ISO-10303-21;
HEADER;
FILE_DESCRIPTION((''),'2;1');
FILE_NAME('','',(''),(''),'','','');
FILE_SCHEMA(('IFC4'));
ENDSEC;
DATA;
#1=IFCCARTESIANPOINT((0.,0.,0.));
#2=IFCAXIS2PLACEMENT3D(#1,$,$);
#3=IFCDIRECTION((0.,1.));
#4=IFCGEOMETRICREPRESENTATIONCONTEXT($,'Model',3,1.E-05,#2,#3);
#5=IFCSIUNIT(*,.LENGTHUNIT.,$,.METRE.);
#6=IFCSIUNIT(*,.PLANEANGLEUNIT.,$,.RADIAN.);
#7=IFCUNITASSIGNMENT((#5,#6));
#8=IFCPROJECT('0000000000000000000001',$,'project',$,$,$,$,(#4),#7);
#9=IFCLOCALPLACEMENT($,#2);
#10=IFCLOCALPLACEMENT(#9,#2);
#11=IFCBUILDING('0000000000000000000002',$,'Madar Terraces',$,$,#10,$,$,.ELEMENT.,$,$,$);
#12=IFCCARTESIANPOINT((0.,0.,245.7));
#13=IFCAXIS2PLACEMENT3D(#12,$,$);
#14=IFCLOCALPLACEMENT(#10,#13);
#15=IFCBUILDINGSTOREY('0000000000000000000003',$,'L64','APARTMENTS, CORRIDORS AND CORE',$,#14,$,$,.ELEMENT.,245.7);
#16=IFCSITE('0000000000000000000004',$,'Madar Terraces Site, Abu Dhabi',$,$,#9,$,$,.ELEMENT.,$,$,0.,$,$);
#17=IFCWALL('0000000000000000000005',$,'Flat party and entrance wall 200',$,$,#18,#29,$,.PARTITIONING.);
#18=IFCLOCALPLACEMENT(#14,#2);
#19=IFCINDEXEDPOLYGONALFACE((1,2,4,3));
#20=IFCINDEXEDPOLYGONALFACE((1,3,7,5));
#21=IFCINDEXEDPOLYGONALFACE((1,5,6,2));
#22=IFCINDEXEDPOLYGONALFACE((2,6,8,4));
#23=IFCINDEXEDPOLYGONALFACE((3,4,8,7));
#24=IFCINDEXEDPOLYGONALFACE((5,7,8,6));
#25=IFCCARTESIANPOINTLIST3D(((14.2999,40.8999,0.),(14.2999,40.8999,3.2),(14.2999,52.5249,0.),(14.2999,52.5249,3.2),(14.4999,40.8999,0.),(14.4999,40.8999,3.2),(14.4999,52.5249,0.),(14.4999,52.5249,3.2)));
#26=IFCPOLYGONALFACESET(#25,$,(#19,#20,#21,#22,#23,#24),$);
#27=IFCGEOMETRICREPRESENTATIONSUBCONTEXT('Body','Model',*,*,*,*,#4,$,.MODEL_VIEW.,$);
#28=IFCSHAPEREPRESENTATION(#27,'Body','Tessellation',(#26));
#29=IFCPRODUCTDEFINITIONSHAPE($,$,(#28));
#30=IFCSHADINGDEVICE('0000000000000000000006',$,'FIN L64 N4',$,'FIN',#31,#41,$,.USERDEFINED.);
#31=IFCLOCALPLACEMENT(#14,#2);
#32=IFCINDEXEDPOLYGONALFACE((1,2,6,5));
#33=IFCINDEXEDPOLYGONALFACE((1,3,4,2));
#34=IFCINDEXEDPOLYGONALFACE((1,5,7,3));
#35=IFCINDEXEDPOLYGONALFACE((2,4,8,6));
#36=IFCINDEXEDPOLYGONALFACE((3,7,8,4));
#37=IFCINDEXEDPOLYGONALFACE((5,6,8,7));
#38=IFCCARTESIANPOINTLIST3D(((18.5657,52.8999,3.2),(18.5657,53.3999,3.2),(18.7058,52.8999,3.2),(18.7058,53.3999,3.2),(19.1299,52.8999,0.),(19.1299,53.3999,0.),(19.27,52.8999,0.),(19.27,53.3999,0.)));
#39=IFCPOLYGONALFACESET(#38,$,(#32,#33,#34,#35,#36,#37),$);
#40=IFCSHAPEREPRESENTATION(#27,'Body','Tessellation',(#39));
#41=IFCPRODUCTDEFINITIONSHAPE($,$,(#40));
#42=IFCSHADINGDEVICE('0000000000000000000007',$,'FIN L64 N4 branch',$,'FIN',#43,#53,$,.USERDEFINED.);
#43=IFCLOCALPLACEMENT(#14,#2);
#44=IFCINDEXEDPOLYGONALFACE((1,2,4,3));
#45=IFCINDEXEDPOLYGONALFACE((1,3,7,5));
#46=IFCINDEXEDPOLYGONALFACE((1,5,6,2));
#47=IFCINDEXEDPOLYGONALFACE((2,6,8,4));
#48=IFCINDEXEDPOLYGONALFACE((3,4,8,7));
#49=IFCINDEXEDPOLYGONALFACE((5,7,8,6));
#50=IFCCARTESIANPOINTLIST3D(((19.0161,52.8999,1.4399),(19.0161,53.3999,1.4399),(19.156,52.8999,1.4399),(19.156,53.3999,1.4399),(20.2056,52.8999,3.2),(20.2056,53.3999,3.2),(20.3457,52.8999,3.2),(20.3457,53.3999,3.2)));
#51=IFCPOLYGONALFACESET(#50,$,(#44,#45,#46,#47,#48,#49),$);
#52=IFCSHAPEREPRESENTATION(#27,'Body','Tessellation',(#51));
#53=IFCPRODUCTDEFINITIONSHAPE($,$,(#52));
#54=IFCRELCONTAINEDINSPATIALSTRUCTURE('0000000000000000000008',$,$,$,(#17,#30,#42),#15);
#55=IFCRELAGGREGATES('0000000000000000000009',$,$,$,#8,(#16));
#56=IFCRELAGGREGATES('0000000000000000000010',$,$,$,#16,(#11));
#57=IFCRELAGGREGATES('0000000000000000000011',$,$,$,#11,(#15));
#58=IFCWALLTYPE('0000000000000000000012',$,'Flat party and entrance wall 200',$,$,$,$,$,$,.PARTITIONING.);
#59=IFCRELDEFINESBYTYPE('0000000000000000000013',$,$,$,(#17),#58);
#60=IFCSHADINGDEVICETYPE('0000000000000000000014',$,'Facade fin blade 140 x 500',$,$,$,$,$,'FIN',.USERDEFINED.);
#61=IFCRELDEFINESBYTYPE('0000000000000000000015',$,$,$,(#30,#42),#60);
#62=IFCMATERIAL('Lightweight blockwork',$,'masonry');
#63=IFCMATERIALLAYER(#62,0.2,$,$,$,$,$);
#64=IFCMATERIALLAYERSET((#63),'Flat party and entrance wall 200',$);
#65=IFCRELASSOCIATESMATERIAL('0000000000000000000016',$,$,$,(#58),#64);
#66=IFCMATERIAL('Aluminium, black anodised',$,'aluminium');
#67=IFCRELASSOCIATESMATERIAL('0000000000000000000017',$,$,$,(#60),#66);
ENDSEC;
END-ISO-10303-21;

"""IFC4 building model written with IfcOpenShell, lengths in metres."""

from ifc_helpers import new_model, si_unit, direction, frame, frame_2d, origin, place, context, subcontext, project, spatial, polyline, rectangle, outline, extrude, material, layer, layer_set, type_object, element, save


model = new_model("IFC4")

# Units and contexts
model_context = context("Model", 3, precision=1e-05, world=origin(), true_north=direction((0.0, 1.0)))
body_context = subcontext(model_context, "Body", "Model", "MODEL_VIEW")
ifc_project = project(units=[si_unit("LENGTHUNIT", "METRE"), si_unit("PLANEANGLEUNIT", "RADIAN")], contexts=[model_context])

# Site, building, storey
site_placement = place(None, origin())
site = spatial("IfcSite", under=ifc_project, at=site_placement, Name="Madar Terraces Site, Abu Dhabi", CompositionType="ELEMENT", RefElevation=0.0)
building_placement = place(site_placement, origin())
building = spatial("IfcBuilding", under=site, at=building_placement, Name="Madar Terraces", CompositionType="ELEMENT")
storey_placement = place(building_placement, frame((0.0, 0.0, 245.7)))
storey = spatial("IfcBuildingStorey", under=building, at=storey_placement, Name="L64", Description="APARTMENTS, CORRIDORS AND CORE", CompositionType="ELEMENT", Elevation=245.7)

# Wall
ifc_material_1 = material(Name="Lightweight blockwork", Category="masonry")
ifc_layer_1 = layer(ifc_material_1, 0.2)
ifc_layer_set_1 = layer_set([ifc_layer_1], Name="Flat party and entrance wall 200")
wall_type_1 = type_object("IfcWallType", Name="Flat party and entrance wall 200", PredefinedType="PARTITIONING", material=ifc_layer_set_1)
wall_1_placement = place(storey_placement, frame((14.3999, 52.5249, 0.0), z_axis=(0.0, 0.0, 1.0), x_axis=(0.0, -1.0, 0.0)))
element("IfcWall", 1, at=wall_1_placement, inside=storey, type_object=wall_type_1, Name="Flat party and entrance wall 200", PredefinedType="PARTITIONING", context=body_context, shape_type="SweptSolid", body=[
    extrude(rectangle(XDim=11.625, YDim=0.2, at=frame_2d((5.8125, 0.0))), origin(), (0.0, 0.0, 1.0), 3.2),
])

# Shading devices
ifc_material_2 = material(Name="Aluminium, black anodised", Category="aluminium")
shading_device_type = type_object("IfcShadingDeviceType", Name="Facade fin blade 140 x 500", ElementType="FIN", PredefinedType="USERDEFINED", material=ifc_material_2)
shading_device_1_placement = place(storey_placement, frame((19.27, 53.1499, 0.0), z_axis=(0.0, 0.0, 1.0), x_axis=(-1.0, 0.0, 0.0)))
element("IfcShadingDevice", 2, at=shading_device_1_placement, inside=storey, type_object=shading_device_type, Name="FIN L64 N4", ObjectType="FIN", PredefinedType="USERDEFINED", context=body_context, shape_type="SweptSolid", body=[
    extrude(outline(polyline([(0.0, 0.0), (0.1401, 0.0), (0.7043, 3.2), (0.5642, 3.2), (0.0, 0.0)])), frame((0.0, 0.25, 0.0), z_axis=(0.0, -1.0, 0.0), x_axis=(1.0, 0.0, 0.0)), (0.0, 0.0, 1.0), 0.5),
])
shading_device_2_placement = place(storey_placement, frame((19.156, 53.1499, 1.4399), z_axis=(0.0, 0.0, 1.0), x_axis=(-1.0, 0.0, 0.0)))
element("IfcShadingDevice", 3, at=shading_device_2_placement, inside=storey, type_object=shading_device_type, Name="FIN L64 N4 branch", ObjectType="FIN", PredefinedType="USERDEFINED", context=body_context, shape_type="SweptSolid", body=[
    extrude(outline(polyline([(0.0, 0.0), (0.1399, 0.0), (-1.0496, 1.76), (-1.1897, 1.76), (0.0, 0.0)])), frame((0.0, 0.25, 0.0), z_axis=(0.0, -1.0, 0.0), x_axis=(1.0, 0.0, 0.0)), (0.0, 0.0, 1.0), 0.5),
])

save(model, "model.ifc")
